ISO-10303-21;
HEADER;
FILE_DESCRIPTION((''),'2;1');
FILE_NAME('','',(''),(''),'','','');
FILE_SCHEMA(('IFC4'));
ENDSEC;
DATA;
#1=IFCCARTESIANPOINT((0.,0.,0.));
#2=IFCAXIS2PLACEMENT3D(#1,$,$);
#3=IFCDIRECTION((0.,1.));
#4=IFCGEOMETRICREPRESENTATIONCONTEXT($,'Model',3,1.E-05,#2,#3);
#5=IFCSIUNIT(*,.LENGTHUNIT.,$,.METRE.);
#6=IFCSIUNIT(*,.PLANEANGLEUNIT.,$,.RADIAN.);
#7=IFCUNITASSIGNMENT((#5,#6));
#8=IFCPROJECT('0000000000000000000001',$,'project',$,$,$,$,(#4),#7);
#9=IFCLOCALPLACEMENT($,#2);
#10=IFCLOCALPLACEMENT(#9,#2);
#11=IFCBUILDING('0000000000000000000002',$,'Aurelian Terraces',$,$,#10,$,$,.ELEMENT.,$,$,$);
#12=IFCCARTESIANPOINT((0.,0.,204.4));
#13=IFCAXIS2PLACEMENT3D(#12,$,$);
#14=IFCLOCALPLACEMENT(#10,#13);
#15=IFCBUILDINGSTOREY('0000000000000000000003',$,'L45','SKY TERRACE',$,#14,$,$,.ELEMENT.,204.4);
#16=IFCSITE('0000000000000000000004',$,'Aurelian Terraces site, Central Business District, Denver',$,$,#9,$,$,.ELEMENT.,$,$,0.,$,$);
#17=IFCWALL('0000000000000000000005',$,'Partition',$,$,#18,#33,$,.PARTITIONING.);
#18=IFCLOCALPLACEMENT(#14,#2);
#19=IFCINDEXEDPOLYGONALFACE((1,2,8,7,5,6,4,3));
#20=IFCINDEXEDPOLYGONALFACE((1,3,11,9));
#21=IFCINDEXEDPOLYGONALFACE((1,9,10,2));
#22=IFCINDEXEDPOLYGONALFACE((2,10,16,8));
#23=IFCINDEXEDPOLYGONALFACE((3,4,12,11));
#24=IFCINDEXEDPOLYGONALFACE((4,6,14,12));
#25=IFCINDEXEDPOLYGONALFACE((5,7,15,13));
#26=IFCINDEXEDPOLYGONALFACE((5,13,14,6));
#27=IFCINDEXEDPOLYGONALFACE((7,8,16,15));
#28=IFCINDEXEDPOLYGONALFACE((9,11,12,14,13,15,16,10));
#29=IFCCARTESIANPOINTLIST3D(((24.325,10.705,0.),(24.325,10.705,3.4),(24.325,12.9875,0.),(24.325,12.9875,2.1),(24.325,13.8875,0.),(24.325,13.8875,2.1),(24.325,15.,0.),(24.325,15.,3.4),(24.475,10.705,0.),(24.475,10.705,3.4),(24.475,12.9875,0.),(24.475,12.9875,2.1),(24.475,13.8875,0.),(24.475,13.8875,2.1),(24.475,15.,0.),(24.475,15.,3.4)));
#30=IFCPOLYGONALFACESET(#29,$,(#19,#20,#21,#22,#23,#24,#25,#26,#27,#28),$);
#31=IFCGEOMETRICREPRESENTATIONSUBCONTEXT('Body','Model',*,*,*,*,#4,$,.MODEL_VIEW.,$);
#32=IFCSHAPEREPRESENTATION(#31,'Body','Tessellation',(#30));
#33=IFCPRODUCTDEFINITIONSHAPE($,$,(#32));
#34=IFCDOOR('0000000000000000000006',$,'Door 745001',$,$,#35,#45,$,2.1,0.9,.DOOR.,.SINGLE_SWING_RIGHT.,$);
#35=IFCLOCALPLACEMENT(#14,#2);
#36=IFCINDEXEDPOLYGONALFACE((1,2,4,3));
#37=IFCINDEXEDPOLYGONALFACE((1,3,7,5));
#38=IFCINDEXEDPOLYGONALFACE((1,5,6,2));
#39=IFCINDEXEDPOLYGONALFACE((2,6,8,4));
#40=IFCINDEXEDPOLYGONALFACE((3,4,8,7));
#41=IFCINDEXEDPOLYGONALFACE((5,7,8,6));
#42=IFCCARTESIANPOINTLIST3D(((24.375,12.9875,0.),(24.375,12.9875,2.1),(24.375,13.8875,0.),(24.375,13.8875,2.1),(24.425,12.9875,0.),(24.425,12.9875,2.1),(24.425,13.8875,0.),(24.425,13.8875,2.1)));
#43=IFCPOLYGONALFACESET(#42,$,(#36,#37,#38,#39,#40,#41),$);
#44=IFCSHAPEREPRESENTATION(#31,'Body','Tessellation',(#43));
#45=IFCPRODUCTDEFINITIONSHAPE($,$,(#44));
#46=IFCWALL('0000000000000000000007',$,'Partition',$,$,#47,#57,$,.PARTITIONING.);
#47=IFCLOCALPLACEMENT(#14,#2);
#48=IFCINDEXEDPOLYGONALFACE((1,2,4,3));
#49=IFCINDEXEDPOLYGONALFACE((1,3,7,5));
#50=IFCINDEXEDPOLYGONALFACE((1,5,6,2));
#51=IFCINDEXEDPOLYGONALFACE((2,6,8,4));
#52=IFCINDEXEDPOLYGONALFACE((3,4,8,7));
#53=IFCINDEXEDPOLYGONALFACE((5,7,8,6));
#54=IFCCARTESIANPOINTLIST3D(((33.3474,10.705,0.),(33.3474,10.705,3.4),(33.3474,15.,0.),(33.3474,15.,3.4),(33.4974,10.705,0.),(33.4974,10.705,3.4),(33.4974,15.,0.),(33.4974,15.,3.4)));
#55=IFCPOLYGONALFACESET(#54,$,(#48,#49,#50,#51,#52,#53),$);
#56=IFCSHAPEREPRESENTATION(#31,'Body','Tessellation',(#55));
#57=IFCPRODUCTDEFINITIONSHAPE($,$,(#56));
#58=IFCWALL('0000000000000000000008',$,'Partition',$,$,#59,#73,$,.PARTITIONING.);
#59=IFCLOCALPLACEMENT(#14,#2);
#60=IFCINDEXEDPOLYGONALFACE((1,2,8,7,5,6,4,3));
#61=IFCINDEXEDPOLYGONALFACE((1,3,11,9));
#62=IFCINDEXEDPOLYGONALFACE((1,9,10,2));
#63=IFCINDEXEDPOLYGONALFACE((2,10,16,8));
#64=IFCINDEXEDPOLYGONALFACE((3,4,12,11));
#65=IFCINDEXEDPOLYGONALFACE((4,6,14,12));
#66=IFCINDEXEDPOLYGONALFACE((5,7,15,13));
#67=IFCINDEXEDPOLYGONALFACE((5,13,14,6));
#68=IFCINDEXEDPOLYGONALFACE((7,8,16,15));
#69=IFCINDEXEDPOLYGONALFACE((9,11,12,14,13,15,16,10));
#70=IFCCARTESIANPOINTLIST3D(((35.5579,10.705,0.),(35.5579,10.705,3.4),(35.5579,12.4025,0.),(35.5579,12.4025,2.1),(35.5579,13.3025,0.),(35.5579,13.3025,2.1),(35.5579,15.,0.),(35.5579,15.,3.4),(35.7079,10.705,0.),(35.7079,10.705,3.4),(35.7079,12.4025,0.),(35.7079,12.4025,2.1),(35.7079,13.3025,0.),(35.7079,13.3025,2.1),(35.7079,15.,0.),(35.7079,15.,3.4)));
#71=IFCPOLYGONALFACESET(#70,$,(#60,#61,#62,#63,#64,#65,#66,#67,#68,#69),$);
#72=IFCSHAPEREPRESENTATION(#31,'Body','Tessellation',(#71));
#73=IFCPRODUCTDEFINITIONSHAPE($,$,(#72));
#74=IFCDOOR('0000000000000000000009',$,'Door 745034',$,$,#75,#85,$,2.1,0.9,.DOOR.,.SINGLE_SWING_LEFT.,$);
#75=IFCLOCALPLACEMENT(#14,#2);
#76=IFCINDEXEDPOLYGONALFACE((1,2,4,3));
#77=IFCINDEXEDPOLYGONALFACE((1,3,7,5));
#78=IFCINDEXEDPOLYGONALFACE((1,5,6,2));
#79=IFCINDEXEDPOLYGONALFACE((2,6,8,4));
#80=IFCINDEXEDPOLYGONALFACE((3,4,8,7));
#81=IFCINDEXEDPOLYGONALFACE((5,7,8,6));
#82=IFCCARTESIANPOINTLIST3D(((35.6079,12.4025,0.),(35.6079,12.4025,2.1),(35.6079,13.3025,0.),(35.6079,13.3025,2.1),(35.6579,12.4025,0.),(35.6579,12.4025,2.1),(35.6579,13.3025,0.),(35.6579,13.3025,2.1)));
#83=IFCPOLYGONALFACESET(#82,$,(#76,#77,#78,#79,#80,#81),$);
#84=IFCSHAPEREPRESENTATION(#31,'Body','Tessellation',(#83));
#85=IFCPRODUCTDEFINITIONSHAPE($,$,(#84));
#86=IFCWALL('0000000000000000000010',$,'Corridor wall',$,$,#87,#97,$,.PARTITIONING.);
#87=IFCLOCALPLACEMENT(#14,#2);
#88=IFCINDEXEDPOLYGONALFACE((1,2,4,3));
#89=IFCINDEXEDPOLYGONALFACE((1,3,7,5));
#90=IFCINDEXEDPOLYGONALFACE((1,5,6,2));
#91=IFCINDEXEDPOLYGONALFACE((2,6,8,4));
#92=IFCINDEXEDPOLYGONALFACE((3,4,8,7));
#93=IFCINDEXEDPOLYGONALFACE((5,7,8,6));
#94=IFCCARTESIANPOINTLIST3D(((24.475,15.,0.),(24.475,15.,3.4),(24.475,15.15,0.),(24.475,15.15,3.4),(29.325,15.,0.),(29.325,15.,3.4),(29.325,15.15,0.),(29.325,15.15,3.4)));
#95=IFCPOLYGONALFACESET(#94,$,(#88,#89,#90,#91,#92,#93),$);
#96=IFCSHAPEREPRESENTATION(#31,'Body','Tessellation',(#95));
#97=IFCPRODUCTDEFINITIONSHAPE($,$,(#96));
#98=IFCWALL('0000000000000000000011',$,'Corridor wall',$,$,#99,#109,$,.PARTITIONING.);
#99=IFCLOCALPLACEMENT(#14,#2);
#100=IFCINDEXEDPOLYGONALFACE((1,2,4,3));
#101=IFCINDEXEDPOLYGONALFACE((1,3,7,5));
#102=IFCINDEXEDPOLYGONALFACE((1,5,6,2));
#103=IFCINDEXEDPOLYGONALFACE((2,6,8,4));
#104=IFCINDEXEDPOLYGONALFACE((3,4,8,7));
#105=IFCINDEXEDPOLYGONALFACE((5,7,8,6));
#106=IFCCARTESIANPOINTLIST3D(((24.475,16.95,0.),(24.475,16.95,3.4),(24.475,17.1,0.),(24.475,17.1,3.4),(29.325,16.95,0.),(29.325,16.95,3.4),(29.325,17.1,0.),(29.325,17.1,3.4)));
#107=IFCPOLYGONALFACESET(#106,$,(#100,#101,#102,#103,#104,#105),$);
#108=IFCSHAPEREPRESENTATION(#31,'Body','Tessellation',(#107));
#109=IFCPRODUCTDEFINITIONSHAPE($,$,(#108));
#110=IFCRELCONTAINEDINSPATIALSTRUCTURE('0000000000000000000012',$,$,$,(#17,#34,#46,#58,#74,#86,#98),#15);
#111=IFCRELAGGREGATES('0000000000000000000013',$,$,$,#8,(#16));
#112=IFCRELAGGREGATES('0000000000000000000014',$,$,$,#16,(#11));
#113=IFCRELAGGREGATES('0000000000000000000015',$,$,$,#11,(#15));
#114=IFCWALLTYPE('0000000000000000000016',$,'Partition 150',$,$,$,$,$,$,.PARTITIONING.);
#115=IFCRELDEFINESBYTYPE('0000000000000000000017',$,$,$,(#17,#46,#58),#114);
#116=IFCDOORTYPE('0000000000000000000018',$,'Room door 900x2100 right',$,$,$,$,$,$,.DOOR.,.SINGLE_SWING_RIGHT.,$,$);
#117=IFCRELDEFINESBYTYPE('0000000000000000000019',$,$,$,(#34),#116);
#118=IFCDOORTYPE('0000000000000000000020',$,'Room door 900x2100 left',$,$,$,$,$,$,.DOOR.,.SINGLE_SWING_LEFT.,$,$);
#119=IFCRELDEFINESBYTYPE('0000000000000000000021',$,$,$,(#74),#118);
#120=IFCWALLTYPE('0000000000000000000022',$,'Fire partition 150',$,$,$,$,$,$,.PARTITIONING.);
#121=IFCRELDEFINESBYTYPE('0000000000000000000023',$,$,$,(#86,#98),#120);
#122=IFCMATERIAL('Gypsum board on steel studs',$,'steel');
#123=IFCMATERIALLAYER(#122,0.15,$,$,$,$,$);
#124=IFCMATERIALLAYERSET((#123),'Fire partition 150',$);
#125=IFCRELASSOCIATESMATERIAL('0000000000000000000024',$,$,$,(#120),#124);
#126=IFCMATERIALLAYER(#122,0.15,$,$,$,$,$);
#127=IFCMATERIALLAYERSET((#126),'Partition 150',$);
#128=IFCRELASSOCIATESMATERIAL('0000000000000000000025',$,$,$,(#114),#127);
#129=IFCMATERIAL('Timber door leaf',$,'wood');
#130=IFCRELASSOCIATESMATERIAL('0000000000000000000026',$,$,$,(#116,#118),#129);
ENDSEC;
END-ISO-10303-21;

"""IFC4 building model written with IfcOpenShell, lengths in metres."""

from ifc_helpers import new_model, si_unit, direction, frame, frame_2d, origin, place, context, subcontext, project, spatial, rectangle, extrude, source, transform, mapped, material, layer, layer_set, type_object, element, fill, save


model = new_model("IFC4")

# Units and contexts
model_context = context("Model", 3, precision=1e-05, world=origin(), true_north=direction((0.0, 1.0)))
body_context = subcontext(model_context, "Body", "Model", "MODEL_VIEW")
ifc_project = project(units=[si_unit("LENGTHUNIT", "METRE"), si_unit("PLANEANGLEUNIT", "RADIAN")], contexts=[model_context])

# Site, building, storey
site_placement = place(None, origin())
site = spatial("IfcSite", under=ifc_project, at=site_placement, Name="Aurelian Terraces site, Central Business District, Denver", CompositionType="ELEMENT", RefElevation=0.0)
building_placement = place(site_placement, origin())
building = spatial("IfcBuilding", under=site, at=building_placement, Name="Aurelian Terraces", CompositionType="ELEMENT")
storey_placement = place(building_placement, frame((0.0, 0.0, 204.4)))
storey = spatial("IfcBuildingStorey", under=building, at=storey_placement, Name="L45", Description="SKY TERRACE", CompositionType="ELEMENT", Elevation=204.4)

# Shared definitions
ifc_material_1 = material(Name="Gypsum board on steel studs", Category="steel")
ifc_layer_1 = layer(ifc_material_1, 0.15)
ifc_layer_set_1 = layer_set([ifc_layer_1], Name="Fire partition 150")
wall_type_1 = type_object("IfcWallType", Name="Fire partition 150", PredefinedType="PARTITIONING", material=ifc_layer_set_1)
shared_shape_1 = source(origin(), body_context, "Body", "SweptSolid", [
    extrude(rectangle(XDim=0.9, YDim=2.1, at=frame_2d((0.45, 1.05))), frame((0.0, 0.085, 0.0), z_axis=(0.0, -1.0, 0.0), x_axis=(1.0, 0.0, 0.0)), (0.0, 0.0, 1.0), 0.17),
])
shared_shape_2 = source(origin(), body_context, "Body", "SweptSolid", [
    extrude(rectangle(XDim=0.9, YDim=2.1, at=frame_2d((0.45, 1.05))), frame((0.0, 0.025, 0.0), z_axis=(0.0, -1.0, 0.0), x_axis=(1.0, 0.0, 0.0)), (0.0, 0.0, 1.0), 0.05),
])

# Shared definitions
ifc_layer_2 = layer(ifc_material_1, 0.15)
ifc_layer_set_2 = layer_set([ifc_layer_2], Name="Partition 150")
wall_type_2 = type_object("IfcWallType", Name="Partition 150", PredefinedType="PARTITIONING", material=ifc_layer_set_2)

# Wall, opening, door
shared_shape_3 = source(origin(), body_context, "Body", "SweptSolid", [
    extrude(rectangle(XDim=4.295, YDim=0.15, at=frame_2d((2.1475, 0.0))), origin(), (0.0, 0.0, 1.0), 3.4),
])
wall_1_placement = place(storey_placement, frame((24.4, 15.0, 0.0), z_axis=(0.0, 0.0, 1.0), x_axis=(0.0, -1.0, 0.0)))
wall_1 = element("IfcWall", 1, at=wall_1_placement, inside=storey, type_object=wall_type_2, Name="Partition", PredefinedType="PARTITIONING", context=body_context, shape_type="MappedRepresentation", body=[
    mapped(shared_shape_3, transform((0.0, 0.0, 0.0), scale=1.0)),
])
opening_1_placement = place(wall_1_placement, frame((1.1125, 0.0, 0.0)))
opening_1 = element("IfcOpeningElement", 2, at=opening_1_placement, cuts=wall_1, PredefinedType="OPENING", context=body_context, shape_type="MappedRepresentation", body=[
    mapped(shared_shape_1, transform((0.0, 0.0, 0.0), scale=1.0)),
])
ifc_material_2 = material(Name="Timber door leaf", Category="wood")
door_type_1 = type_object("IfcDoorType", Name="Room door 900x2100 right", OperationType="SINGLE_SWING_RIGHT", PredefinedType="DOOR", material=ifc_material_2)
door_1_placement = place(opening_1_placement, origin())
door_1 = element("IfcDoor", 3, at=door_1_placement, inside=storey, type_object=door_type_1, Name="Door 745001", OperationType="SINGLE_SWING_RIGHT", OverallHeight=2.1, OverallWidth=0.9, PredefinedType="DOOR", context=body_context, shape_type="MappedRepresentation", body=[
    mapped(shared_shape_2, transform((0.0, 0.0, 0.0), scale=1.0)),
])
fill(opening_1, door_1)

# Wall
wall_2_placement = place(storey_placement, frame((33.4224, 10.705, 0.0), z_axis=(0.0, 0.0, 1.0), x_axis=(0.0, 1.0, 0.0)))
element("IfcWall", 4, at=wall_2_placement, inside=storey, type_object=wall_type_2, Name="Partition", PredefinedType="PARTITIONING", context=body_context, shape_type="MappedRepresentation", body=[
    mapped(shared_shape_3, transform((0.0, 0.0, 0.0), scale=1.0)),
])

# Wall, opening, door
wall_3_placement = place(storey_placement, frame((35.6329, 10.705, 0.0), z_axis=(0.0, 0.0, 1.0), x_axis=(0.0, 1.0, 0.0)))
wall_3 = element("IfcWall", 5, at=wall_3_placement, inside=storey, type_object=wall_type_2, Name="Partition", PredefinedType="PARTITIONING", context=body_context, shape_type="MappedRepresentation", body=[
    mapped(shared_shape_3, transform((0.0, 0.0, 0.0), scale=1.0)),
])
opening_2_placement = place(wall_3_placement, frame((1.6975, 0.0, 0.0)))
opening_2 = element("IfcOpeningElement", 6, at=opening_2_placement, cuts=wall_3, PredefinedType="OPENING", context=body_context, shape_type="MappedRepresentation", body=[
    mapped(shared_shape_1, transform((0.0, 0.0, 0.0), scale=1.0)),
])
door_type_2 = type_object("IfcDoorType", Name="Room door 900x2100 left", OperationType="SINGLE_SWING_LEFT", PredefinedType="DOOR", material=ifc_material_2)
door_2_placement = place(opening_2_placement, origin())
door_2 = element("IfcDoor", 7, at=door_2_placement, inside=storey, type_object=door_type_2, Name="Door 745034", OperationType="SINGLE_SWING_LEFT", OverallHeight=2.1, OverallWidth=0.9, PredefinedType="DOOR", context=body_context, shape_type="MappedRepresentation", body=[
    mapped(shared_shape_2, transform((0.0, 0.0, 0.0), scale=1.0)),
])
fill(opening_2, door_2)

# Walls
shared_shape_4 = source(origin(), body_context, "Body", "SweptSolid", [
    extrude(rectangle(XDim=4.85, YDim=0.15, at=frame_2d((2.425, 0.0))), origin(), (0.0, 0.0, 1.0), 3.4),
])
for number, where, z_axis, x_axis, name in (
    (8, (29.325, 15.075, 0.0), (0.0, 0.0, 1.0), (-1.0, 0.0, 0.0), "Corridor wall"),
    (9, (24.475, 17.025, 0.0), (0.0, 0.0, 1.0), (1.0, 0.0, 0.0), "Corridor wall"),
):
    element("IfcWall", number, at=place(storey_placement, frame(where, z_axis=z_axis, x_axis=x_axis)), inside=storey, type_object=wall_type_1, Name=name, PredefinedType="PARTITIONING", context=body_context, shape_type="MappedRepresentation", body=[
        mapped(shared_shape_4, transform((0.0, 0.0, 0.0), scale=1.0)),
    ])

save(model, "model.ifc")
